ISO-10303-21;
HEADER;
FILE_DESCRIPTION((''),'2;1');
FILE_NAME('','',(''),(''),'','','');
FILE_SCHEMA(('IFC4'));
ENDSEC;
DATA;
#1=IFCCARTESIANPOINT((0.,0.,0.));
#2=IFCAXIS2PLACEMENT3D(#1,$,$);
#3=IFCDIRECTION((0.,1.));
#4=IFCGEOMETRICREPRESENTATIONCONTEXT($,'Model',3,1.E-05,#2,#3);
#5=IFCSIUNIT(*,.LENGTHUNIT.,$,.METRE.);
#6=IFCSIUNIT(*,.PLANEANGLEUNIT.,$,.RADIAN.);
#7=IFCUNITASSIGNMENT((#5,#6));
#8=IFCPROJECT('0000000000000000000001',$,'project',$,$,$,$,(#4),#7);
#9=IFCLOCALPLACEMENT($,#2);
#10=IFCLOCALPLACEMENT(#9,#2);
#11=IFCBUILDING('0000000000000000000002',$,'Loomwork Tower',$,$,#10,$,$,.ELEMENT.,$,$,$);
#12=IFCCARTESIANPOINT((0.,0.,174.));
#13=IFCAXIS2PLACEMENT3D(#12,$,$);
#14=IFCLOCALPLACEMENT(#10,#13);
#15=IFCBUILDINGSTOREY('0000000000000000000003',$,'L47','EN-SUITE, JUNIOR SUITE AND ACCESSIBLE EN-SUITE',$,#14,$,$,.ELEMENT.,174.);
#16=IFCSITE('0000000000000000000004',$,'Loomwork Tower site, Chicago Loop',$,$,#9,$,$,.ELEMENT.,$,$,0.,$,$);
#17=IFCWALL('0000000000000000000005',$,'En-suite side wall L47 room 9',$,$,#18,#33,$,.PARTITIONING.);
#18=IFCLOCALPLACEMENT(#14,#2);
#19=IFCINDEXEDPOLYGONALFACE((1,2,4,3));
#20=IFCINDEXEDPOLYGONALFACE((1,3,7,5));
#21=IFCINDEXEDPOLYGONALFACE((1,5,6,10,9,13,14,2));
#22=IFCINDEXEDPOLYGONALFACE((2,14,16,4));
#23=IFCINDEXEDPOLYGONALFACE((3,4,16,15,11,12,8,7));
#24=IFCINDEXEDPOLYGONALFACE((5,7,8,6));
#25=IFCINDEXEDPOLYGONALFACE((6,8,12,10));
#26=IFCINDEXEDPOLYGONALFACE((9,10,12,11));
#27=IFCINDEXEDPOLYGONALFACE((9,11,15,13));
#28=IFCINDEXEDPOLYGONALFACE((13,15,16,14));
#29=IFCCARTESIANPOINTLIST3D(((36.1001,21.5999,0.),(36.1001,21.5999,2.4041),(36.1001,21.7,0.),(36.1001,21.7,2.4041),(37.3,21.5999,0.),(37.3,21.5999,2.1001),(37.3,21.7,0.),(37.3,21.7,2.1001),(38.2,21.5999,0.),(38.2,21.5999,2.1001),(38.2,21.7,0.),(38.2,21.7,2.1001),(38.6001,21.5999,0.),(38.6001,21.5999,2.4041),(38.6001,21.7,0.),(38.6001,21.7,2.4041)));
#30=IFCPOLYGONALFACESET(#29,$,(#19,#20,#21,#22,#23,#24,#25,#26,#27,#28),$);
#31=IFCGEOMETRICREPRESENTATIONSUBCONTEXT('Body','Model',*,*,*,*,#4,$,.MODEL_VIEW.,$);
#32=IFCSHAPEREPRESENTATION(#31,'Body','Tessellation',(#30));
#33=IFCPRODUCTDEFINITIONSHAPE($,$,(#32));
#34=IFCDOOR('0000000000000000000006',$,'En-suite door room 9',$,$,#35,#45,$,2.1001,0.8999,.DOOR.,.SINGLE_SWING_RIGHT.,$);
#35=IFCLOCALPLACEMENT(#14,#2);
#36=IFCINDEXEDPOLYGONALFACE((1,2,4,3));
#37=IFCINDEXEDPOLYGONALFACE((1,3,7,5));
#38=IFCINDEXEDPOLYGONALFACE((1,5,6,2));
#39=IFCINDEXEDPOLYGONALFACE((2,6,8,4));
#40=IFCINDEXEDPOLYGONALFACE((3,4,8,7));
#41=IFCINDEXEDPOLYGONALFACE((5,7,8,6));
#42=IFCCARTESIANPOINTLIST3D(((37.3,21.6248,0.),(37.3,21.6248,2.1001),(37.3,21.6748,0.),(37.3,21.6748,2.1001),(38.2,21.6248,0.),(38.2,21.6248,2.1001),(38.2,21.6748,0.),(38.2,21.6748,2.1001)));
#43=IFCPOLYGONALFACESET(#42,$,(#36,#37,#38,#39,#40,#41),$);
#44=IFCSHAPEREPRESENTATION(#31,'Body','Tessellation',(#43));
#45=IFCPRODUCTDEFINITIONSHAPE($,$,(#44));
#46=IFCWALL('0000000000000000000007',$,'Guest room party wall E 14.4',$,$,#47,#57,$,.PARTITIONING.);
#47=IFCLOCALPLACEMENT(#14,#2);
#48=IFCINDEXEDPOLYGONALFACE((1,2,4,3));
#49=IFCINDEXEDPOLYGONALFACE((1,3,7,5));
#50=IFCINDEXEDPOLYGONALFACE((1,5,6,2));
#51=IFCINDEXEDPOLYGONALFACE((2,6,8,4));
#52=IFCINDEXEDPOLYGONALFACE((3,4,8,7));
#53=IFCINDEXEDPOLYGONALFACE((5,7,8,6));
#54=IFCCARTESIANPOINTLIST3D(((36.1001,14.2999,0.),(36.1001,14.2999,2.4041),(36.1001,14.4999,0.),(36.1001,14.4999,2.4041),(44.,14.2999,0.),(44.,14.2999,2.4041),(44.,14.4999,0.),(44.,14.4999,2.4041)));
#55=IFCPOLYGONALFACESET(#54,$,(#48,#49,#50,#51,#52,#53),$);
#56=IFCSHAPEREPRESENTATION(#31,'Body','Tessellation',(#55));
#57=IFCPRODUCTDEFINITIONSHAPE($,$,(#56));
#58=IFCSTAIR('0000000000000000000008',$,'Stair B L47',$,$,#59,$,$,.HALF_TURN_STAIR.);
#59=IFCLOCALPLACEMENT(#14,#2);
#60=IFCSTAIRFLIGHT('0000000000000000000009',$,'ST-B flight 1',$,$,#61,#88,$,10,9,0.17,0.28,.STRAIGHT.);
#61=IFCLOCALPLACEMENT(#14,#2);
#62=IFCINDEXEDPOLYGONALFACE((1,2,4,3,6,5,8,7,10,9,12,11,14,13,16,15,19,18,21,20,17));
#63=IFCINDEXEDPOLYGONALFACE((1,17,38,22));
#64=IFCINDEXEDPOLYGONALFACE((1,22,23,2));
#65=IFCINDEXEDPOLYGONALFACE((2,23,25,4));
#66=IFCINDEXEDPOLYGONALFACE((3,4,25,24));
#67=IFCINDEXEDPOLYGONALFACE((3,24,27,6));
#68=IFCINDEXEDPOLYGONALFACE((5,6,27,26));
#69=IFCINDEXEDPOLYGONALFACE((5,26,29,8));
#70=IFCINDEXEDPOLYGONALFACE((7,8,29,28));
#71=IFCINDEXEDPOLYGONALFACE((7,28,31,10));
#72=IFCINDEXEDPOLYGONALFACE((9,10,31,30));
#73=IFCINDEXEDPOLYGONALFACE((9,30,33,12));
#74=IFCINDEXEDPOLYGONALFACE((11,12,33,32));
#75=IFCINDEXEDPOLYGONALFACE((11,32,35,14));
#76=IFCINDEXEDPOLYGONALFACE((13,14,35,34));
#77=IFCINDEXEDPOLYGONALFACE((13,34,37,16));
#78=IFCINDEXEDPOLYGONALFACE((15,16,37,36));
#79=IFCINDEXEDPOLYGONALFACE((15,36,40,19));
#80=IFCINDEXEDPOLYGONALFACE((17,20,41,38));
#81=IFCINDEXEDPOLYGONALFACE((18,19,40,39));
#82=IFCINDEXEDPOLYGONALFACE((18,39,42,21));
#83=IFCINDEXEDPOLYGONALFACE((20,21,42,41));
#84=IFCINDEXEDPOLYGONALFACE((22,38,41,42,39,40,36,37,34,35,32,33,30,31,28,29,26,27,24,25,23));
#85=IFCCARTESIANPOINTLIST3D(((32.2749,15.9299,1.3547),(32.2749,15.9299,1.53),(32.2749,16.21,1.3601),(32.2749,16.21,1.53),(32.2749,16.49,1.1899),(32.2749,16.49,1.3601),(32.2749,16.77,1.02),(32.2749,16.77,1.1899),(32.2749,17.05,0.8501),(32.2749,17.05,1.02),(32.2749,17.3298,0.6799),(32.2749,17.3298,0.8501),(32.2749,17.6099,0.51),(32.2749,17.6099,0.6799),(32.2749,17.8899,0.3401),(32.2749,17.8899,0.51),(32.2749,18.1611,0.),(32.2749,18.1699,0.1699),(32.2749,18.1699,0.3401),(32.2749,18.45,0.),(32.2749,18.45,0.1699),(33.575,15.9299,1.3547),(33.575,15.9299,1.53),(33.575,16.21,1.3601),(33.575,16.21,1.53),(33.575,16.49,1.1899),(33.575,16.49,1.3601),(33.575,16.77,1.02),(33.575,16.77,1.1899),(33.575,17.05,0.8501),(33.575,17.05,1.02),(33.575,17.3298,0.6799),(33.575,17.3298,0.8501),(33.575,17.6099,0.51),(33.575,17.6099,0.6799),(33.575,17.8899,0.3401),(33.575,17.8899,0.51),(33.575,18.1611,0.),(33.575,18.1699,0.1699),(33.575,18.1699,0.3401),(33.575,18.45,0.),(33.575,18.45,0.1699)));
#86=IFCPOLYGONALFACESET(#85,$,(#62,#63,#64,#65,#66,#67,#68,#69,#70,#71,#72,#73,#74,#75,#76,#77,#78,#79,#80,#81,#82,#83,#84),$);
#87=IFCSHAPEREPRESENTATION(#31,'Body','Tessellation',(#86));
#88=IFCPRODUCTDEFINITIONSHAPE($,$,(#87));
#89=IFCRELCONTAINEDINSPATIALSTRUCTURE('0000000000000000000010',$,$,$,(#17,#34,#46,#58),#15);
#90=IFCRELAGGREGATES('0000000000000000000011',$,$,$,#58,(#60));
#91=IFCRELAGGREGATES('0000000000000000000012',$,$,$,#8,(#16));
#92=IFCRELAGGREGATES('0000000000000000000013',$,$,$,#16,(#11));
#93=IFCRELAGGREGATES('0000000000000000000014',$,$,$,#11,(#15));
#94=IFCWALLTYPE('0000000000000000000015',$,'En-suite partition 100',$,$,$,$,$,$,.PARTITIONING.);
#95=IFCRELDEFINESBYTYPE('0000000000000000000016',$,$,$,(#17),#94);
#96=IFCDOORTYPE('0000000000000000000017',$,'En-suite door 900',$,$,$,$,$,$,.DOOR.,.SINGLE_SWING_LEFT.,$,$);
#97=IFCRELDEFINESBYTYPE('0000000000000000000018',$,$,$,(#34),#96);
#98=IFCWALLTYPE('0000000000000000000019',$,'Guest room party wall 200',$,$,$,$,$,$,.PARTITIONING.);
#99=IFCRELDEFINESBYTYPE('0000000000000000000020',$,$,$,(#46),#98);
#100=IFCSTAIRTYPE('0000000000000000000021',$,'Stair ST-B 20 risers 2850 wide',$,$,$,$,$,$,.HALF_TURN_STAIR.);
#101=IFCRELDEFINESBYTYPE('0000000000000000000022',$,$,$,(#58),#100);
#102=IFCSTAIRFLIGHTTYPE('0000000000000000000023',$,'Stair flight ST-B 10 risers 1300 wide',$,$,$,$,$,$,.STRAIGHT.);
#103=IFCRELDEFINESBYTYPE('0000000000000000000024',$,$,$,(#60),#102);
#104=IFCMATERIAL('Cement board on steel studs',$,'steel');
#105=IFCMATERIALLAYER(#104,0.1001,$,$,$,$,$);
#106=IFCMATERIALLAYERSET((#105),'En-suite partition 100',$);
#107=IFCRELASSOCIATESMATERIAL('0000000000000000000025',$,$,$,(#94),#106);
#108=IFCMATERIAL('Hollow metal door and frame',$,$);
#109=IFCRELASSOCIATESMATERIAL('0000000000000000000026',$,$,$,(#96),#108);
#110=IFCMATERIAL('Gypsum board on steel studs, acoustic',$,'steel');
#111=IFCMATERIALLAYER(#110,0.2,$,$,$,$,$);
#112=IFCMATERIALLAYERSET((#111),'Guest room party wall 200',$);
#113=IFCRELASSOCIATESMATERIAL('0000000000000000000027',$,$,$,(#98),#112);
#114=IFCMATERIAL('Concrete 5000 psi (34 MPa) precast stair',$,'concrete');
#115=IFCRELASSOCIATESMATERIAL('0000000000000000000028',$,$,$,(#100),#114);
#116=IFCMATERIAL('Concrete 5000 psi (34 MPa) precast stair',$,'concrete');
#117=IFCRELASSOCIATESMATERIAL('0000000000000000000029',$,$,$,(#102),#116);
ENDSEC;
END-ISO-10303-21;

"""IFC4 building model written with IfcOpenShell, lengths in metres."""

from ifc_helpers import new_model, si_unit, direction, frame, frame_2d, origin, place, context, subcontext, project, spatial, polyline, rectangle, outline, extrude, material, layer, layer_set, type_object, element, fill, aggregate, save


model = new_model("IFC4")

# Units and contexts
model_context = context("Model", 3, precision=1e-05, world=origin(), true_north=direction((0.0, 1.0)))
body_context = subcontext(model_context, "Body", "Model", "MODEL_VIEW")
ifc_project = project(units=[si_unit("LENGTHUNIT", "METRE"), si_unit("PLANEANGLEUNIT", "RADIAN")], contexts=[model_context])

# Site, building, storey
site_placement = place(None, origin())
site = spatial("IfcSite", under=ifc_project, at=site_placement, Name="Loomwork Tower site, Chicago Loop", CompositionType="ELEMENT", RefElevation=0.0)
building_placement = place(site_placement, origin())
building = spatial("IfcBuilding", under=site, at=building_placement, Name="Loomwork Tower", CompositionType="ELEMENT")
storey_placement = place(building_placement, frame((0.0, 0.0, 174.0)))
storey = spatial("IfcBuildingStorey", under=building, at=storey_placement, Name="L47", Description="EN-SUITE, JUNIOR SUITE AND ACCESSIBLE EN-SUITE", CompositionType="ELEMENT", Elevation=174.0)

# Wall, opening, door
ifc_material_1 = material(Name="Cement board on steel studs", Category="steel")
ifc_layer_1 = layer(ifc_material_1, 0.1001)
ifc_layer_set_1 = layer_set([ifc_layer_1], Name="En-suite partition 100")
wall_type_1 = type_object("IfcWallType", Name="En-suite partition 100", PredefinedType="PARTITIONING", material=ifc_layer_set_1)
ifc_material_2 = material(Name="Hollow metal door and frame")
door_type_1 = type_object("IfcDoorType", Name="En-suite door 900", OperationType="SINGLE_SWING_LEFT", PredefinedType="DOOR", material=ifc_material_2)
wall_1_placement = place(storey_placement, frame((36.1001, 21.6499, 0.0), z_axis=(0.0, 0.0, 1.0), x_axis=(1.0, 0.0, 0.0)))
wall_1 = element("IfcWall", 1, at=wall_1_placement, inside=storey, type_object=wall_type_1, Name="En-suite side wall L47 room 9", PredefinedType="PARTITIONING", context=body_context, shape_type="SweptSolid", body=[
    extrude(rectangle(XDim=2.5, YDim=0.1001, at=frame_2d((1.25, 0.0))), origin(), (0.0, 0.0, 1.0), 2.4041),
])
opening_1_placement = place(wall_1_placement, frame((1.2, 0.0, 0.0)))
opening_1 = element("IfcOpeningElement", 2, at=opening_1_placement, cuts=wall_1, PredefinedType="OPENING", context=body_context, shape_type="SweptSolid", body=[
    extrude(rectangle(XDim=0.8999, YDim=2.1001, at=frame_2d((0.45, 1.05))), frame((0.0, 0.0601, 0.0), z_axis=(0.0, -1.0, 0.0), x_axis=(1.0, 0.0, 0.0)), (0.0, 0.0, 1.0), 0.1201),
])
door_1_placement = place(opening_1_placement, origin())
door_1 = element("IfcDoor", 3, at=door_1_placement, inside=storey, type_object=door_type_1, Name="En-suite door room 9", OperationType="SINGLE_SWING_RIGHT", OverallHeight=2.1001, OverallWidth=0.8999, PredefinedType="DOOR", context=body_context, shape_type="SweptSolid", body=[
    extrude(rectangle(XDim=0.8999, YDim=2.1001, at=frame_2d((0.45, 1.05))), frame((0.0, 0.0249, 0.0), z_axis=(0.0, -1.0, 0.0), x_axis=(1.0, 0.0, 0.0)), (0.0, 0.0, 1.0), 0.05),
])
fill(opening_1, door_1)

# Wall
ifc_material_3 = material(Name="Gypsum board on steel studs, acoustic", Category="steel")
ifc_layer_2 = layer(ifc_material_3, 0.2)
ifc_layer_set_2 = layer_set([ifc_layer_2], Name="Guest room party wall 200")
wall_type_2 = type_object("IfcWallType", Name="Guest room party wall 200", PredefinedType="PARTITIONING", material=ifc_layer_set_2)
wall_2_placement = place(storey_placement, frame((36.1001, 14.3999, 0.0), z_axis=(0.0, 0.0, 1.0), x_axis=(1.0, 0.0, 0.0)))
element("IfcWall", 4, at=wall_2_placement, inside=storey, type_object=wall_type_2, Name="Guest room party wall E 14.4", PredefinedType="PARTITIONING", context=body_context, shape_type="SweptSolid", body=[
    extrude(rectangle(XDim=7.8999, YDim=0.2, at=frame_2d((3.95, 0.0))), origin(), (0.0, 0.0, 1.0), 2.4041),
])

# Stair, stair flight
ifc_material_4 = material(Name="Concrete 5000 psi (34 MPa) precast stair", Category="concrete")
stair_type = type_object("IfcStairType", Name="Stair ST-B 20 risers 2850 wide", PredefinedType="HALF_TURN_STAIR", material=ifc_material_4)
stair_placement = place(storey_placement, origin())
stair = element("IfcStair", 5, at=stair_placement, inside=storey, type_object=stair_type, Name="Stair B L47", PredefinedType="HALF_TURN_STAIR")
ifc_material_5 = material(Name="Concrete 5000 psi (34 MPa) precast stair", Category="concrete")
stair_flight_type = type_object("IfcStairFlightType", Name="Stair flight ST-B 10 risers 1300 wide", PredefinedType="STRAIGHT", material=ifc_material_5)
stair_flight_placement = place(storey_placement, frame((32.925, 18.45, 0.0), z_axis=(0.0, 0.0, 1.0), x_axis=(0.0, -1.0, 0.0)))
stair_flight = element("IfcStairFlight", 6, at=stair_flight_placement, type_object=stair_flight_type, Name="ST-B flight 1", NumberOfRisers=10, NumberOfTreads=9, PredefinedType="STRAIGHT", RiserHeight=0.17, TreadLength=0.28, context=body_context, shape_type="SweptSolid", body=[
    extrude(outline(polyline([(0.0, 0.0), (0.0, 0.1699), (0.28, 0.1699), (0.28, 0.3401), (0.5601, 0.3401), (0.5601, 0.51), (0.8401, 0.51), (0.8401, 0.6799), (1.1201, 0.6799), (1.1201, 0.8501), (1.3999, 0.8501), (1.3999, 1.02), (1.6799, 1.02), (1.6799, 1.1899), (1.96, 1.1899), (1.96, 1.3601), (2.24, 1.3601), (2.24, 1.53), (2.52, 1.53), (2.52, 1.7), (2.52, 1.3547), (0.2888, 0.0), (0.0, 0.0)])), frame((0.0, 0.6499, 0.0), z_axis=(0.0, -1.0, 0.0), x_axis=(1.0, 0.0, 0.0)), (0.0, 0.0, 1.0), 1.3),
])
aggregate(stair, [stair_flight])

save(model, "model.ifc")
